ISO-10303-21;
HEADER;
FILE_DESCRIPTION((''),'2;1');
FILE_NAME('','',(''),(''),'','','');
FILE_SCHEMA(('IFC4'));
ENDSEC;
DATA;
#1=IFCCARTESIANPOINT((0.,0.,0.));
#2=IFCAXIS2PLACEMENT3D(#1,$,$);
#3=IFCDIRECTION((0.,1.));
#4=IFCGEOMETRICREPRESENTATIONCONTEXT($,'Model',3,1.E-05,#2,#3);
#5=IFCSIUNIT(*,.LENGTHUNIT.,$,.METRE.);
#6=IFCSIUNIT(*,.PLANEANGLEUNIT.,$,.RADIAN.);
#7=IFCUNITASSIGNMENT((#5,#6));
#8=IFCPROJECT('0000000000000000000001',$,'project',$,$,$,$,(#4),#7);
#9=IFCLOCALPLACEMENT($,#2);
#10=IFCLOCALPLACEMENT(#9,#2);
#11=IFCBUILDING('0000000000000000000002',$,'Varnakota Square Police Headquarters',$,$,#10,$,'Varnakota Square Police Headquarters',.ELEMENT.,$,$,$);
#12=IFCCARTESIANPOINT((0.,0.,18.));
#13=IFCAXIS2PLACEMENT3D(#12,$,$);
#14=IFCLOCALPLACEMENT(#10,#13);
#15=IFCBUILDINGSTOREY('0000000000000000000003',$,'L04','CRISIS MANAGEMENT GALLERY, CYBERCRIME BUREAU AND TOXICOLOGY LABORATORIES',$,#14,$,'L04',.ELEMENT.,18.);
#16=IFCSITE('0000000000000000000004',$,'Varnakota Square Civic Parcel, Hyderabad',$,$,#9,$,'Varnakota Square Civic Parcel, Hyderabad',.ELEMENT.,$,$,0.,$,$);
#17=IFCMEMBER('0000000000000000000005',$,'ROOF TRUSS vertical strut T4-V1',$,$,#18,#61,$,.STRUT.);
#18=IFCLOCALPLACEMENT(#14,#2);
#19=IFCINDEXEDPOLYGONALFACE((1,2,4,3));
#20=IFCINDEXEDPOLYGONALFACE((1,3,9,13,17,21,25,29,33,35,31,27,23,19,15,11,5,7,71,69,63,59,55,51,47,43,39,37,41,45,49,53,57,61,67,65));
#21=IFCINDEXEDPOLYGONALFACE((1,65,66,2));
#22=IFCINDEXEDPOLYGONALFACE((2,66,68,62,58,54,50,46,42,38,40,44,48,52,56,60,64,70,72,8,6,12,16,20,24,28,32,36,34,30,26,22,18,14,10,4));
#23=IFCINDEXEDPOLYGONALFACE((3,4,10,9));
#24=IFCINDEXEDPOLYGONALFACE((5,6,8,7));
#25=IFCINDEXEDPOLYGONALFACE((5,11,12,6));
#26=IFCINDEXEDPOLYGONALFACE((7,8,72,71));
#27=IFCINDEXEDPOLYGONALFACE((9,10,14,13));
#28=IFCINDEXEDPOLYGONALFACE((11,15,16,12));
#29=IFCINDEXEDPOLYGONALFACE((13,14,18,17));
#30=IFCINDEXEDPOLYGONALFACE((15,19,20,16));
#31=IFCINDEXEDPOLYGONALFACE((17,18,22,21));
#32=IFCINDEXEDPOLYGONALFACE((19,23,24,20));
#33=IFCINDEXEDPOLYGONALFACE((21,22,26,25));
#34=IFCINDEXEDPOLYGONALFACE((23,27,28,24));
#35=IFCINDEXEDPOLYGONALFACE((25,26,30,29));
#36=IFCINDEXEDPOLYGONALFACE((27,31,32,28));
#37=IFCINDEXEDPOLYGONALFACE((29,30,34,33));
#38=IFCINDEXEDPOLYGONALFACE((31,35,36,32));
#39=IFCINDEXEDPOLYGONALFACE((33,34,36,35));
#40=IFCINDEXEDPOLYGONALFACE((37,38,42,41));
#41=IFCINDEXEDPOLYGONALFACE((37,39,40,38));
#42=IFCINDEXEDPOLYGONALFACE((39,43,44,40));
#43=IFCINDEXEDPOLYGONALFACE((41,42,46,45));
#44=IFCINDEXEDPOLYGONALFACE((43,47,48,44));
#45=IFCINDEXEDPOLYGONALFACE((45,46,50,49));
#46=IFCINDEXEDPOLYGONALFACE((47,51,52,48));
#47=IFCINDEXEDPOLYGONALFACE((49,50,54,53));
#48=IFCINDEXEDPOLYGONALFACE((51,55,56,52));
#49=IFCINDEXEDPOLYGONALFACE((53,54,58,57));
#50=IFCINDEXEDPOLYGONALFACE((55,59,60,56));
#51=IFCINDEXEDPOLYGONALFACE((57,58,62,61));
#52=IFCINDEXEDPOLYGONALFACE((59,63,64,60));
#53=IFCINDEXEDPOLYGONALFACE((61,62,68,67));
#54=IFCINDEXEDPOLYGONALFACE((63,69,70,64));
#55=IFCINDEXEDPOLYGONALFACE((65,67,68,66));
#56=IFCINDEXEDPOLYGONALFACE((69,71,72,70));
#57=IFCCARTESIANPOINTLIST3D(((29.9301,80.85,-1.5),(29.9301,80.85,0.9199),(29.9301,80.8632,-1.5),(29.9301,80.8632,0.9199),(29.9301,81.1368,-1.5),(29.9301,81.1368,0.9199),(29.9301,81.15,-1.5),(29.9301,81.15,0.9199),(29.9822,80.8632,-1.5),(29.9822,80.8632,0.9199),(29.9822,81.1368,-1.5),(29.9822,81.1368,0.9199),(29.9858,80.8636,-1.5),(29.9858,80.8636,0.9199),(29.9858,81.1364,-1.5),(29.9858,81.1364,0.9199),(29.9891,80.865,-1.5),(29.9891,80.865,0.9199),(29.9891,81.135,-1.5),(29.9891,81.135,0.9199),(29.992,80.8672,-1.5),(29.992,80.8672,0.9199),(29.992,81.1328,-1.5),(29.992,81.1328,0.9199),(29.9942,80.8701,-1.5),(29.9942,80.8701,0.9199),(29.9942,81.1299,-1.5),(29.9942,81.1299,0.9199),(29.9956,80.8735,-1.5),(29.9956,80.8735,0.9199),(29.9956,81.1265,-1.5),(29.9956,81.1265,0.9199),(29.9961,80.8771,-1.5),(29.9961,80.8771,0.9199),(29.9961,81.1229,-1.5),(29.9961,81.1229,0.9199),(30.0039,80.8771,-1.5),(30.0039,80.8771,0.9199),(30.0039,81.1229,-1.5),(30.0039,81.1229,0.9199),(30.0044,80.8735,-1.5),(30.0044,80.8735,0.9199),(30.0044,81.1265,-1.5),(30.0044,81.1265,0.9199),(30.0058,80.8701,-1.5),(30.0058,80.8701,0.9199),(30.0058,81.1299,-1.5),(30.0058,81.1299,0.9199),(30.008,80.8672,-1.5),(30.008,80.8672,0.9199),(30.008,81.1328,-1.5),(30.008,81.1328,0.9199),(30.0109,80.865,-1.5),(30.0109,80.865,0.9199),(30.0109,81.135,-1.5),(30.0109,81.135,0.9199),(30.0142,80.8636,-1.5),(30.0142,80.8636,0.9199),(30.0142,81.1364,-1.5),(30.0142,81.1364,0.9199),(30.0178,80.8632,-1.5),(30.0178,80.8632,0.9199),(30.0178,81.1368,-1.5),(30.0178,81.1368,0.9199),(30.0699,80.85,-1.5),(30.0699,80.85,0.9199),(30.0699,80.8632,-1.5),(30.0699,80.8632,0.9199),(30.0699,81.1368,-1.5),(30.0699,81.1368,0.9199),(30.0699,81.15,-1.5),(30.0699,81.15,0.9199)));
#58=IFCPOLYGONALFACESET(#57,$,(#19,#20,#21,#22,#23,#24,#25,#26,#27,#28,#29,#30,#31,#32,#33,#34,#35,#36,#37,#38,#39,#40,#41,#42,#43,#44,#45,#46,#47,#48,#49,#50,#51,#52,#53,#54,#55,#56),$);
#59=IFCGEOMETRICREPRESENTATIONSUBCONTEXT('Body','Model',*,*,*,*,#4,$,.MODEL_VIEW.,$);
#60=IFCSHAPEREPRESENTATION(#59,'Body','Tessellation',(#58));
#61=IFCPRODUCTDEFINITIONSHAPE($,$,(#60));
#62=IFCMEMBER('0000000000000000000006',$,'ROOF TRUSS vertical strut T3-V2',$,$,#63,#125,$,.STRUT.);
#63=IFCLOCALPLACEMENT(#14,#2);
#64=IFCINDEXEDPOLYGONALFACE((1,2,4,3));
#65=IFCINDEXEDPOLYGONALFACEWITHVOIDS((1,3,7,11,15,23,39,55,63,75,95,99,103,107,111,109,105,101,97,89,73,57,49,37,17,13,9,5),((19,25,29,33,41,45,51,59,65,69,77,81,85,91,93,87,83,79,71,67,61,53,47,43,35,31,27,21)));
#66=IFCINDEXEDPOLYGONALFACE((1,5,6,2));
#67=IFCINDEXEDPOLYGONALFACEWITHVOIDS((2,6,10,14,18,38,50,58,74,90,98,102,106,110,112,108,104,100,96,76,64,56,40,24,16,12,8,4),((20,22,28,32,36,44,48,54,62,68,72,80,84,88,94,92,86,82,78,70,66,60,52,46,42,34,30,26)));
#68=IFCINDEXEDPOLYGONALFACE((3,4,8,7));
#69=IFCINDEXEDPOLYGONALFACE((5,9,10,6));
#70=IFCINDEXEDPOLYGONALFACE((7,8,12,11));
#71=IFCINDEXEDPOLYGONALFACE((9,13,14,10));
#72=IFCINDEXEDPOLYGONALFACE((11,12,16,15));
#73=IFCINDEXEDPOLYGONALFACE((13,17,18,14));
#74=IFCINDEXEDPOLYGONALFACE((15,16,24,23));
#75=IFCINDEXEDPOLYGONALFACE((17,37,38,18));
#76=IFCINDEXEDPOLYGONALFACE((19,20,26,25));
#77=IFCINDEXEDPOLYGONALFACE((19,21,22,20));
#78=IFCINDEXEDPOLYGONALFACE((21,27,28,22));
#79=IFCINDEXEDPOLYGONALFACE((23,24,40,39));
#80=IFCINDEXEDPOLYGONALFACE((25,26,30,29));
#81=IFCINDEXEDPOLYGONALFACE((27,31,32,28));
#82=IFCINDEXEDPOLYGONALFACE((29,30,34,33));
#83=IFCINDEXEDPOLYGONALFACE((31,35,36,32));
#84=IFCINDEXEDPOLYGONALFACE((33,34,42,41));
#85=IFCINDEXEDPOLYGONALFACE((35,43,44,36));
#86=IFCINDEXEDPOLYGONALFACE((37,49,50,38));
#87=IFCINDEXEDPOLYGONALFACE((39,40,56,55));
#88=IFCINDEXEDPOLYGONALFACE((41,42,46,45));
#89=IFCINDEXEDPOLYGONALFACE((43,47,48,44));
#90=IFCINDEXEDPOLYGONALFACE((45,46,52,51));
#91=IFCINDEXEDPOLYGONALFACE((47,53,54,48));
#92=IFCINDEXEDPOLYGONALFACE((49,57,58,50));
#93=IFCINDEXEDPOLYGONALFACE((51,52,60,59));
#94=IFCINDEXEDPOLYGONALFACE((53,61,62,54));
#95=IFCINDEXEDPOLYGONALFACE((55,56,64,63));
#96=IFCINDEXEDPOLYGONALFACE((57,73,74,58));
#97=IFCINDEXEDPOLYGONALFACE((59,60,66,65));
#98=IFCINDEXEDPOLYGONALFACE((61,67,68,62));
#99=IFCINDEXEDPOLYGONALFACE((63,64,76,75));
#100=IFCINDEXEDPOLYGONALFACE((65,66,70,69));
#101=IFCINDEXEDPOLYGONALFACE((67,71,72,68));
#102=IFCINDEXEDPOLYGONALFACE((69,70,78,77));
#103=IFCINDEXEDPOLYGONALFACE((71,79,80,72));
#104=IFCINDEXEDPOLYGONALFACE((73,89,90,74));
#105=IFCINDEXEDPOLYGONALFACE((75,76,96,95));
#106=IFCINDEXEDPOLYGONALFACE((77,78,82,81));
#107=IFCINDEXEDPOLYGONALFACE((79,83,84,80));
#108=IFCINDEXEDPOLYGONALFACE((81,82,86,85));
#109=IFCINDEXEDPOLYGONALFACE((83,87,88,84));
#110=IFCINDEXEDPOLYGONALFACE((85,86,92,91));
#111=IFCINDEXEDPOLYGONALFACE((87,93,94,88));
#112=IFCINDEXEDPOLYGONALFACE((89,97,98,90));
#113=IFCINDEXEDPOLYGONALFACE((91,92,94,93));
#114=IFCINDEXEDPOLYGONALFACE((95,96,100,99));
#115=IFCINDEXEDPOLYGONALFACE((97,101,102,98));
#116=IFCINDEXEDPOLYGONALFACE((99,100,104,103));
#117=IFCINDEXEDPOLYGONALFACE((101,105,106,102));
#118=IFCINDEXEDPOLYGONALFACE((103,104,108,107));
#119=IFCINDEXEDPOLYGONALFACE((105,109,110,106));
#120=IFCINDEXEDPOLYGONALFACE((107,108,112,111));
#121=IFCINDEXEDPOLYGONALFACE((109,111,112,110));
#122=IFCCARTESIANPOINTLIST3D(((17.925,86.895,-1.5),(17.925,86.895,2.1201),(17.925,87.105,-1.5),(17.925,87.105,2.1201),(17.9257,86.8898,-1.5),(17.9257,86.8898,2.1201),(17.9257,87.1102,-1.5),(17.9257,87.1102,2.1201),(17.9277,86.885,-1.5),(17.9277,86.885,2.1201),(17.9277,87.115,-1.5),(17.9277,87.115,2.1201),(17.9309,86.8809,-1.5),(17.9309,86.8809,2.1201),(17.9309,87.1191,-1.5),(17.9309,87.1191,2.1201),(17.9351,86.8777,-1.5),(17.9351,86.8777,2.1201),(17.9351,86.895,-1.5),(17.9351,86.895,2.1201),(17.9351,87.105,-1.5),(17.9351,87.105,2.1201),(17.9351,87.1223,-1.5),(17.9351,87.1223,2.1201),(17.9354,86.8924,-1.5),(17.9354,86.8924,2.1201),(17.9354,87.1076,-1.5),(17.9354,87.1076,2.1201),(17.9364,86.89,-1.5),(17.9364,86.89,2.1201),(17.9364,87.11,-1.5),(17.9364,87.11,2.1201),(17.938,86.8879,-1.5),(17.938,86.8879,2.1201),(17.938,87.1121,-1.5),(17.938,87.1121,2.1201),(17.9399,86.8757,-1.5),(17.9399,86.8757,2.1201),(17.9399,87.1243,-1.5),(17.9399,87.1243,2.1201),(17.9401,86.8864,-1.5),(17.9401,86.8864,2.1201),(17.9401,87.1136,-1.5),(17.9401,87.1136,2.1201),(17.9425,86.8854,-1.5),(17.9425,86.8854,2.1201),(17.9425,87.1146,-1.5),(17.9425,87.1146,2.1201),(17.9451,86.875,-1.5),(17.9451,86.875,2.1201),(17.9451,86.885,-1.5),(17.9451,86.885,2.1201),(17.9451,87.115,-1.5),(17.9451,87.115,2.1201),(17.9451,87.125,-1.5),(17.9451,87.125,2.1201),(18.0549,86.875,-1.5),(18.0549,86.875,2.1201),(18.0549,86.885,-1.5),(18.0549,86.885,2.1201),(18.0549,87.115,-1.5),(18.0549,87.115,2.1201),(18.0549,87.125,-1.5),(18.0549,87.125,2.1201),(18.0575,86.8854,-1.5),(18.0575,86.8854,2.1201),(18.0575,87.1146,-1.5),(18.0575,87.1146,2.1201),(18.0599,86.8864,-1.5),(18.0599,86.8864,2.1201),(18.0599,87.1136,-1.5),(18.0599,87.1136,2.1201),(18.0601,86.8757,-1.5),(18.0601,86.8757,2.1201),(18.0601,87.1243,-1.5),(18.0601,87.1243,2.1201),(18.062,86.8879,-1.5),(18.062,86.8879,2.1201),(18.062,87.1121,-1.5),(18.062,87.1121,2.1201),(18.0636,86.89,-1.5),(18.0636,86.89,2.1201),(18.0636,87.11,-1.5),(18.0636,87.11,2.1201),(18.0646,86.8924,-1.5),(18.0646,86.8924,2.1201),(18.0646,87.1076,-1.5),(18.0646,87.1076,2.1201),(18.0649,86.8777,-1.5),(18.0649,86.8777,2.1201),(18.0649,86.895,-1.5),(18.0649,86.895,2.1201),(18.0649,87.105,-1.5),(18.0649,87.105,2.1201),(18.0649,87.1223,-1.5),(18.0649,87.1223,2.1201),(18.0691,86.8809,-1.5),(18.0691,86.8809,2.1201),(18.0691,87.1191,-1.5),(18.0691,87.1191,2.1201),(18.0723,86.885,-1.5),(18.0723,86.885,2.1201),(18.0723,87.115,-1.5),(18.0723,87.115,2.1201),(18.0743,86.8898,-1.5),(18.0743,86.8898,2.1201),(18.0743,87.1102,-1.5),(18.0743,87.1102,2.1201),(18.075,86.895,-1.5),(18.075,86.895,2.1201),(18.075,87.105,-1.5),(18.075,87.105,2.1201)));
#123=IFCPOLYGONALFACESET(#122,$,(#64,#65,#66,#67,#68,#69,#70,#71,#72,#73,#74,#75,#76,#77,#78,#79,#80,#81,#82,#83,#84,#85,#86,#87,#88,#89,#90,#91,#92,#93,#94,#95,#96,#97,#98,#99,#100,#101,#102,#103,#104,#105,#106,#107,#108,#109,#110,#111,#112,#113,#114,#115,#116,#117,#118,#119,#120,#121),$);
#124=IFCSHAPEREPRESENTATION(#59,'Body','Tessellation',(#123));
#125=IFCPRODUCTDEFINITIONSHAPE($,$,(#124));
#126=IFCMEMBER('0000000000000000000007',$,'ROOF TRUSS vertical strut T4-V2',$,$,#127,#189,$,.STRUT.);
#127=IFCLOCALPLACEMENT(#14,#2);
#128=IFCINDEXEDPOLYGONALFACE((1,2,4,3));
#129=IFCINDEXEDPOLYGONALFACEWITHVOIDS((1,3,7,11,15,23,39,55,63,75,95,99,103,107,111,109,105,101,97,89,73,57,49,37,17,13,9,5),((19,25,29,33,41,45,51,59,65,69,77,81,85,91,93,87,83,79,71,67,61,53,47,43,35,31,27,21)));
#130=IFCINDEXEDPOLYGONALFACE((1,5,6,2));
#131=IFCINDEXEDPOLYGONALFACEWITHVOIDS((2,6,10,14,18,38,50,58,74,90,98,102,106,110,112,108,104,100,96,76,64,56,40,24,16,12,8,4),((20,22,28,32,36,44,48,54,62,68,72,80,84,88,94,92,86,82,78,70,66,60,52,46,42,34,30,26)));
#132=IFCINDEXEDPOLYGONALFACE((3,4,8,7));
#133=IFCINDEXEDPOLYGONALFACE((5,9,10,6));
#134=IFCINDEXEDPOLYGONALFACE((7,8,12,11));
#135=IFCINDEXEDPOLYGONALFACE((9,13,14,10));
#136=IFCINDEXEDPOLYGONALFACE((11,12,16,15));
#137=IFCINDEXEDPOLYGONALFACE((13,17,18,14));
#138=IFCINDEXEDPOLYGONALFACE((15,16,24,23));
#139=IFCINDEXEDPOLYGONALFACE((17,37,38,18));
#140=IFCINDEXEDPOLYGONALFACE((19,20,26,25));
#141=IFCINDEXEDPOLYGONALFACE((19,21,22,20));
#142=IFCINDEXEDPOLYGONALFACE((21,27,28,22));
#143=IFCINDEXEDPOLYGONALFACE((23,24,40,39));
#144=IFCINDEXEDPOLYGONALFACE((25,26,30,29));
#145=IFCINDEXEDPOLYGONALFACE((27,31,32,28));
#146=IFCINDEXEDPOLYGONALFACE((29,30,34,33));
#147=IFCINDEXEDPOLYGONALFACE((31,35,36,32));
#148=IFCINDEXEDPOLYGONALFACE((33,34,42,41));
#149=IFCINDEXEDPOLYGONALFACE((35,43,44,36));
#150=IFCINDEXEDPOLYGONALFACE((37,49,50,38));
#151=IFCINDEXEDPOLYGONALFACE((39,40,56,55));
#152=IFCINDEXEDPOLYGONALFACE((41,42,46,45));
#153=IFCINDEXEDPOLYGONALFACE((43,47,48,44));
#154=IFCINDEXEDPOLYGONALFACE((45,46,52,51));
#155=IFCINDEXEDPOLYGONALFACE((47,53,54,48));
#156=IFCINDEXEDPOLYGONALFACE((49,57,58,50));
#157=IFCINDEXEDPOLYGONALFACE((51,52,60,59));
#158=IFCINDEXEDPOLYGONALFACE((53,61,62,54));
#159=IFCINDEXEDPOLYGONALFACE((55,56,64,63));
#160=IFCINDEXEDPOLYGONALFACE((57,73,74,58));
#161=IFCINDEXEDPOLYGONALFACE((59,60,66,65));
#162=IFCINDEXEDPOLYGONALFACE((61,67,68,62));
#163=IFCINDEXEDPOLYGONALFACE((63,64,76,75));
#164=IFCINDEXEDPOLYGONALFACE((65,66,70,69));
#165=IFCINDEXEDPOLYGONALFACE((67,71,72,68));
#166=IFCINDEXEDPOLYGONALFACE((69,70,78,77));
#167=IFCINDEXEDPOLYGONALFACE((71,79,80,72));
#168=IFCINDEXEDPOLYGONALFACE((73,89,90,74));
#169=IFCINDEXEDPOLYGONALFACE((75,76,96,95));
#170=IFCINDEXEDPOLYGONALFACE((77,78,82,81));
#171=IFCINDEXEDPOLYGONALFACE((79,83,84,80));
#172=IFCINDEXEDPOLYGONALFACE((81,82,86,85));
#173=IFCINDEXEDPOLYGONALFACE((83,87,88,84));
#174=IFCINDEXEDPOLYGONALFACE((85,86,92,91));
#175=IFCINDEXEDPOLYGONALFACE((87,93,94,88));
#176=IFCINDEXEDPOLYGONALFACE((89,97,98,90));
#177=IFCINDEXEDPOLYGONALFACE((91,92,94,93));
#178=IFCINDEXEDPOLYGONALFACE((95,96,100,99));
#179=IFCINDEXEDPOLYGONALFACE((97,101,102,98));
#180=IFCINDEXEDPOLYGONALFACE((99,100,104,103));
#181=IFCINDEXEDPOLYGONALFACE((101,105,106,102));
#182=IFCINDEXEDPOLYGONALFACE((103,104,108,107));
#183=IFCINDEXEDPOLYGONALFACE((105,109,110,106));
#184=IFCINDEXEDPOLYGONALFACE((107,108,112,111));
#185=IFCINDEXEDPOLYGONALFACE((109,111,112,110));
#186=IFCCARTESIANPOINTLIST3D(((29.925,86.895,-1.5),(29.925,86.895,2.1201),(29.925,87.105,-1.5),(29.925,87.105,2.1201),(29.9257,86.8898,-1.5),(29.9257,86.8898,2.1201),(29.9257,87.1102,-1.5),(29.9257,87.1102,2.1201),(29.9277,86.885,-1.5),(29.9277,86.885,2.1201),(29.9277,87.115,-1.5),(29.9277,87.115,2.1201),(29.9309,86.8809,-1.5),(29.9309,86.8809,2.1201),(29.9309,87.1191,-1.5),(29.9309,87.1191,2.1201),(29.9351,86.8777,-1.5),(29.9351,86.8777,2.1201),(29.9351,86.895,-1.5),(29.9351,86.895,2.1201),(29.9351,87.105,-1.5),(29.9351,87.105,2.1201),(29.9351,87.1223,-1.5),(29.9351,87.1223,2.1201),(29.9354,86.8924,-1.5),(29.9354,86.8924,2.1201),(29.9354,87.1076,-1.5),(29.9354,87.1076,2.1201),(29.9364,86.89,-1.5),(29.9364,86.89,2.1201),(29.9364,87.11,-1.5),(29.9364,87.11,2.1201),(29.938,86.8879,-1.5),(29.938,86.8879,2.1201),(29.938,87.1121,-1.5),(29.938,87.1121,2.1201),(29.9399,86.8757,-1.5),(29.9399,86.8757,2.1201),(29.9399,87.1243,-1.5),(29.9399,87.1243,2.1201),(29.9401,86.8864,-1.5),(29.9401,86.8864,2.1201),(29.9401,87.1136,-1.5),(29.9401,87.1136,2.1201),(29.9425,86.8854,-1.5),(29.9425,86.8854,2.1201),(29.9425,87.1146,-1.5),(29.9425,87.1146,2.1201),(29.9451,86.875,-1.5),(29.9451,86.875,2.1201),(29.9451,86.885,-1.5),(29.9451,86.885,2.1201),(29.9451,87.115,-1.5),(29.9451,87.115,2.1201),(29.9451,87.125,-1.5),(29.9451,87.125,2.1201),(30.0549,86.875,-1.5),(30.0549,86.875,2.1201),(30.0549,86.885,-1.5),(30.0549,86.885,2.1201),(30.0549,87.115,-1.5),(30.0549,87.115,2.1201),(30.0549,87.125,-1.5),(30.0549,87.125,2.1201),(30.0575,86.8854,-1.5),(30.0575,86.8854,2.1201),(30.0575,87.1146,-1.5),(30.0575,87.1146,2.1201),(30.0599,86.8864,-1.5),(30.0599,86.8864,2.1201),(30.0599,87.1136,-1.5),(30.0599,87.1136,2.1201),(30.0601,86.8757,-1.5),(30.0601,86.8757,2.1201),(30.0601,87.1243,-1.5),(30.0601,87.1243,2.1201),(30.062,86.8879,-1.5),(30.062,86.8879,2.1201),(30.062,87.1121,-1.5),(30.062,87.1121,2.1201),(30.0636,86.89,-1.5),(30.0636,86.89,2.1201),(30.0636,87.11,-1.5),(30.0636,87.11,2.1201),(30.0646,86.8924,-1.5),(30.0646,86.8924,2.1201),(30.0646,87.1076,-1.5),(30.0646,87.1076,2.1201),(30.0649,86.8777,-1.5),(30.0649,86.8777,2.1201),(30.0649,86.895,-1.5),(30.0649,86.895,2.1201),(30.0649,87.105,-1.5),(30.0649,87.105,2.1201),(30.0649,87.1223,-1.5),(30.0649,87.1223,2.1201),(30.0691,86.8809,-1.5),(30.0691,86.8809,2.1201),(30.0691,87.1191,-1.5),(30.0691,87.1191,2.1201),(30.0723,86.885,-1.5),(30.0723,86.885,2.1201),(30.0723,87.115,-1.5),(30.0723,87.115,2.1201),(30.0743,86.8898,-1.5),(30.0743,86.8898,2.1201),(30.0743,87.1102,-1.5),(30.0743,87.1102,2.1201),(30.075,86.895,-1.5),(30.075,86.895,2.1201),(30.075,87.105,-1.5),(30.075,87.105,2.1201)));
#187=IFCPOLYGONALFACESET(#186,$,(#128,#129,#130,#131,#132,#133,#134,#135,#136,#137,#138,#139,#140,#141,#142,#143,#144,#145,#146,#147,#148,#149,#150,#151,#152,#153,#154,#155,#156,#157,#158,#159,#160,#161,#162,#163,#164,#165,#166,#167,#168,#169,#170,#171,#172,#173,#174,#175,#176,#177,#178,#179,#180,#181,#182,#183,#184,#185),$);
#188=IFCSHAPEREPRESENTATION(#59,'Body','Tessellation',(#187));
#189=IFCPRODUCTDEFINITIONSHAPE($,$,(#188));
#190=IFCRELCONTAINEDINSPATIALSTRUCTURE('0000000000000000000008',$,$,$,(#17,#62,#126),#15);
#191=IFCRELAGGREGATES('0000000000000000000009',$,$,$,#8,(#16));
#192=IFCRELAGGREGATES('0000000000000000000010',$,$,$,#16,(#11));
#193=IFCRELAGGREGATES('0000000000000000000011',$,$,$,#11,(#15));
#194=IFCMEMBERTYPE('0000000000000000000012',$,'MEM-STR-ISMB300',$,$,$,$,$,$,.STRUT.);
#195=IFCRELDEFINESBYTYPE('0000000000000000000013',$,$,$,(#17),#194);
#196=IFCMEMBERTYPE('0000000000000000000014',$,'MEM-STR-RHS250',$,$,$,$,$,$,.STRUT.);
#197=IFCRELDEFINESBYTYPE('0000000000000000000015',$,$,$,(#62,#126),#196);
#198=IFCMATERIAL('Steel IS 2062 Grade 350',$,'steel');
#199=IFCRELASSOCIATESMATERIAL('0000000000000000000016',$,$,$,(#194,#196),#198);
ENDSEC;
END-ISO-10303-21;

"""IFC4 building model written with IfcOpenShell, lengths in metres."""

from ifc_helpers import new_model, si_unit, direction, frame, origin, origin_2d, place, context, subcontext, project, spatial, hollow_rectangle, i_section, extrude, material, material_profile, profile_set, type_object, element, save


model = new_model("IFC4")

# Units and contexts
model_context = context("Model", 3, precision=1e-05, world=origin(), true_north=direction((0.0, 1.0)))
body_context = subcontext(model_context, "Body", "Model", "MODEL_VIEW")
ifc_project = project(units=[si_unit("LENGTHUNIT", "METRE"), si_unit("PLANEANGLEUNIT", "RADIAN")], contexts=[model_context])

# Site, building, storey
site_placement = place(None, origin())
site = spatial("IfcSite", under=ifc_project, at=site_placement, Name="Varnakota Square Civic Parcel, Hyderabad", LongName="Varnakota Square Civic Parcel, Hyderabad", CompositionType="ELEMENT", RefElevation=0.0)
building_placement = place(site_placement, origin())
building = spatial("IfcBuilding", under=site, at=building_placement, Name="Varnakota Square Police Headquarters", LongName="Varnakota Square Police Headquarters", CompositionType="ELEMENT")
storey_placement = place(building_placement, frame((0.0, 0.0, 18.0)))
storey = spatial("IfcBuildingStorey", under=building, at=storey_placement, Name="L04", Description="CRISIS MANAGEMENT GALLERY, CYBERCRIME BUREAU AND TOXICOLOGY LABORATORIES", LongName="L04", CompositionType="ELEMENT", Elevation=18.0)

# Shared definitions
ifc_material_1 = material(Name="Steel IS 2062 Grade 350", Category="steel")

# Members
ifc_material_profile_1 = material_profile(ifc_material_1, i_section(OverallWidth=0.1399, OverallDepth=0.3, WebThickness=0.0078, FlangeThickness=0.0132, FilletRadius=0.0139, at=origin_2d()), Name="ISMB 300")
ifc_profile_set_1 = profile_set([ifc_material_profile_1], Name="Steel IS 2062 Grade 350")
member_type_1 = type_object("IfcMemberType", Name="MEM-STR-ISMB300", PredefinedType="STRUT", material=ifc_profile_set_1)
for number, where, z_axis, x_axis, name in (
    (1, (30.0, 81.0, -1.5), (0.0, 0.0, 1.0), (1.0, 0.0, 0.0), "ROOF TRUSS vertical strut T4-V1"),
):
    element("IfcMember", number, at=place(storey_placement, frame(where, z_axis=z_axis, x_axis=x_axis)), inside=storey, type_object=member_type_1, Name=name, PredefinedType="STRUT", context=body_context, shape_type="SweptSolid", body=[
        extrude(i_section(OverallWidth=0.1399, OverallDepth=0.3, WebThickness=0.0078, FlangeThickness=0.0132, FilletRadius=0.0139, at=origin_2d()), origin(), (0.0, 0.0, 1.0), 2.4199),
    ])
ifc_material_profile_2 = material_profile(ifc_material_1, hollow_rectangle(XDim=0.1499, YDim=0.25, WallThickness=0.01, InnerFilletRadius=0.01, OuterFilletRadius=0.02, at=origin_2d()), Name="RHS 250x150x10")
ifc_profile_set_2 = profile_set([ifc_material_profile_2], Name="Steel IS 2062 Grade 350")
member_type_2 = type_object("IfcMemberType", Name="MEM-STR-RHS250", PredefinedType="STRUT", material=ifc_profile_set_2)
for number, where, z_axis, x_axis, name in (
    (2, (18.0, 87.0, -1.5), (0.0, 0.0, 1.0), (1.0, 0.0, 0.0), "ROOF TRUSS vertical strut T3-V2"),
    (3, (30.0, 87.0, -1.5), (0.0, 0.0, 1.0), (1.0, 0.0, 0.0), "ROOF TRUSS vertical strut T4-V2"),
):
    element("IfcMember", number, at=place(storey_placement, frame(where, z_axis=z_axis, x_axis=x_axis)), inside=storey, type_object=member_type_2, Name=name, PredefinedType="STRUT", context=body_context, shape_type="SweptSolid", body=[
        extrude(hollow_rectangle(XDim=0.1499, YDim=0.25, WallThickness=0.01, InnerFilletRadius=0.01, OuterFilletRadius=0.02, at=origin_2d()), origin(), (0.0, 0.0, 1.0), 3.6201),
    ])

save(model, "model.ifc")
